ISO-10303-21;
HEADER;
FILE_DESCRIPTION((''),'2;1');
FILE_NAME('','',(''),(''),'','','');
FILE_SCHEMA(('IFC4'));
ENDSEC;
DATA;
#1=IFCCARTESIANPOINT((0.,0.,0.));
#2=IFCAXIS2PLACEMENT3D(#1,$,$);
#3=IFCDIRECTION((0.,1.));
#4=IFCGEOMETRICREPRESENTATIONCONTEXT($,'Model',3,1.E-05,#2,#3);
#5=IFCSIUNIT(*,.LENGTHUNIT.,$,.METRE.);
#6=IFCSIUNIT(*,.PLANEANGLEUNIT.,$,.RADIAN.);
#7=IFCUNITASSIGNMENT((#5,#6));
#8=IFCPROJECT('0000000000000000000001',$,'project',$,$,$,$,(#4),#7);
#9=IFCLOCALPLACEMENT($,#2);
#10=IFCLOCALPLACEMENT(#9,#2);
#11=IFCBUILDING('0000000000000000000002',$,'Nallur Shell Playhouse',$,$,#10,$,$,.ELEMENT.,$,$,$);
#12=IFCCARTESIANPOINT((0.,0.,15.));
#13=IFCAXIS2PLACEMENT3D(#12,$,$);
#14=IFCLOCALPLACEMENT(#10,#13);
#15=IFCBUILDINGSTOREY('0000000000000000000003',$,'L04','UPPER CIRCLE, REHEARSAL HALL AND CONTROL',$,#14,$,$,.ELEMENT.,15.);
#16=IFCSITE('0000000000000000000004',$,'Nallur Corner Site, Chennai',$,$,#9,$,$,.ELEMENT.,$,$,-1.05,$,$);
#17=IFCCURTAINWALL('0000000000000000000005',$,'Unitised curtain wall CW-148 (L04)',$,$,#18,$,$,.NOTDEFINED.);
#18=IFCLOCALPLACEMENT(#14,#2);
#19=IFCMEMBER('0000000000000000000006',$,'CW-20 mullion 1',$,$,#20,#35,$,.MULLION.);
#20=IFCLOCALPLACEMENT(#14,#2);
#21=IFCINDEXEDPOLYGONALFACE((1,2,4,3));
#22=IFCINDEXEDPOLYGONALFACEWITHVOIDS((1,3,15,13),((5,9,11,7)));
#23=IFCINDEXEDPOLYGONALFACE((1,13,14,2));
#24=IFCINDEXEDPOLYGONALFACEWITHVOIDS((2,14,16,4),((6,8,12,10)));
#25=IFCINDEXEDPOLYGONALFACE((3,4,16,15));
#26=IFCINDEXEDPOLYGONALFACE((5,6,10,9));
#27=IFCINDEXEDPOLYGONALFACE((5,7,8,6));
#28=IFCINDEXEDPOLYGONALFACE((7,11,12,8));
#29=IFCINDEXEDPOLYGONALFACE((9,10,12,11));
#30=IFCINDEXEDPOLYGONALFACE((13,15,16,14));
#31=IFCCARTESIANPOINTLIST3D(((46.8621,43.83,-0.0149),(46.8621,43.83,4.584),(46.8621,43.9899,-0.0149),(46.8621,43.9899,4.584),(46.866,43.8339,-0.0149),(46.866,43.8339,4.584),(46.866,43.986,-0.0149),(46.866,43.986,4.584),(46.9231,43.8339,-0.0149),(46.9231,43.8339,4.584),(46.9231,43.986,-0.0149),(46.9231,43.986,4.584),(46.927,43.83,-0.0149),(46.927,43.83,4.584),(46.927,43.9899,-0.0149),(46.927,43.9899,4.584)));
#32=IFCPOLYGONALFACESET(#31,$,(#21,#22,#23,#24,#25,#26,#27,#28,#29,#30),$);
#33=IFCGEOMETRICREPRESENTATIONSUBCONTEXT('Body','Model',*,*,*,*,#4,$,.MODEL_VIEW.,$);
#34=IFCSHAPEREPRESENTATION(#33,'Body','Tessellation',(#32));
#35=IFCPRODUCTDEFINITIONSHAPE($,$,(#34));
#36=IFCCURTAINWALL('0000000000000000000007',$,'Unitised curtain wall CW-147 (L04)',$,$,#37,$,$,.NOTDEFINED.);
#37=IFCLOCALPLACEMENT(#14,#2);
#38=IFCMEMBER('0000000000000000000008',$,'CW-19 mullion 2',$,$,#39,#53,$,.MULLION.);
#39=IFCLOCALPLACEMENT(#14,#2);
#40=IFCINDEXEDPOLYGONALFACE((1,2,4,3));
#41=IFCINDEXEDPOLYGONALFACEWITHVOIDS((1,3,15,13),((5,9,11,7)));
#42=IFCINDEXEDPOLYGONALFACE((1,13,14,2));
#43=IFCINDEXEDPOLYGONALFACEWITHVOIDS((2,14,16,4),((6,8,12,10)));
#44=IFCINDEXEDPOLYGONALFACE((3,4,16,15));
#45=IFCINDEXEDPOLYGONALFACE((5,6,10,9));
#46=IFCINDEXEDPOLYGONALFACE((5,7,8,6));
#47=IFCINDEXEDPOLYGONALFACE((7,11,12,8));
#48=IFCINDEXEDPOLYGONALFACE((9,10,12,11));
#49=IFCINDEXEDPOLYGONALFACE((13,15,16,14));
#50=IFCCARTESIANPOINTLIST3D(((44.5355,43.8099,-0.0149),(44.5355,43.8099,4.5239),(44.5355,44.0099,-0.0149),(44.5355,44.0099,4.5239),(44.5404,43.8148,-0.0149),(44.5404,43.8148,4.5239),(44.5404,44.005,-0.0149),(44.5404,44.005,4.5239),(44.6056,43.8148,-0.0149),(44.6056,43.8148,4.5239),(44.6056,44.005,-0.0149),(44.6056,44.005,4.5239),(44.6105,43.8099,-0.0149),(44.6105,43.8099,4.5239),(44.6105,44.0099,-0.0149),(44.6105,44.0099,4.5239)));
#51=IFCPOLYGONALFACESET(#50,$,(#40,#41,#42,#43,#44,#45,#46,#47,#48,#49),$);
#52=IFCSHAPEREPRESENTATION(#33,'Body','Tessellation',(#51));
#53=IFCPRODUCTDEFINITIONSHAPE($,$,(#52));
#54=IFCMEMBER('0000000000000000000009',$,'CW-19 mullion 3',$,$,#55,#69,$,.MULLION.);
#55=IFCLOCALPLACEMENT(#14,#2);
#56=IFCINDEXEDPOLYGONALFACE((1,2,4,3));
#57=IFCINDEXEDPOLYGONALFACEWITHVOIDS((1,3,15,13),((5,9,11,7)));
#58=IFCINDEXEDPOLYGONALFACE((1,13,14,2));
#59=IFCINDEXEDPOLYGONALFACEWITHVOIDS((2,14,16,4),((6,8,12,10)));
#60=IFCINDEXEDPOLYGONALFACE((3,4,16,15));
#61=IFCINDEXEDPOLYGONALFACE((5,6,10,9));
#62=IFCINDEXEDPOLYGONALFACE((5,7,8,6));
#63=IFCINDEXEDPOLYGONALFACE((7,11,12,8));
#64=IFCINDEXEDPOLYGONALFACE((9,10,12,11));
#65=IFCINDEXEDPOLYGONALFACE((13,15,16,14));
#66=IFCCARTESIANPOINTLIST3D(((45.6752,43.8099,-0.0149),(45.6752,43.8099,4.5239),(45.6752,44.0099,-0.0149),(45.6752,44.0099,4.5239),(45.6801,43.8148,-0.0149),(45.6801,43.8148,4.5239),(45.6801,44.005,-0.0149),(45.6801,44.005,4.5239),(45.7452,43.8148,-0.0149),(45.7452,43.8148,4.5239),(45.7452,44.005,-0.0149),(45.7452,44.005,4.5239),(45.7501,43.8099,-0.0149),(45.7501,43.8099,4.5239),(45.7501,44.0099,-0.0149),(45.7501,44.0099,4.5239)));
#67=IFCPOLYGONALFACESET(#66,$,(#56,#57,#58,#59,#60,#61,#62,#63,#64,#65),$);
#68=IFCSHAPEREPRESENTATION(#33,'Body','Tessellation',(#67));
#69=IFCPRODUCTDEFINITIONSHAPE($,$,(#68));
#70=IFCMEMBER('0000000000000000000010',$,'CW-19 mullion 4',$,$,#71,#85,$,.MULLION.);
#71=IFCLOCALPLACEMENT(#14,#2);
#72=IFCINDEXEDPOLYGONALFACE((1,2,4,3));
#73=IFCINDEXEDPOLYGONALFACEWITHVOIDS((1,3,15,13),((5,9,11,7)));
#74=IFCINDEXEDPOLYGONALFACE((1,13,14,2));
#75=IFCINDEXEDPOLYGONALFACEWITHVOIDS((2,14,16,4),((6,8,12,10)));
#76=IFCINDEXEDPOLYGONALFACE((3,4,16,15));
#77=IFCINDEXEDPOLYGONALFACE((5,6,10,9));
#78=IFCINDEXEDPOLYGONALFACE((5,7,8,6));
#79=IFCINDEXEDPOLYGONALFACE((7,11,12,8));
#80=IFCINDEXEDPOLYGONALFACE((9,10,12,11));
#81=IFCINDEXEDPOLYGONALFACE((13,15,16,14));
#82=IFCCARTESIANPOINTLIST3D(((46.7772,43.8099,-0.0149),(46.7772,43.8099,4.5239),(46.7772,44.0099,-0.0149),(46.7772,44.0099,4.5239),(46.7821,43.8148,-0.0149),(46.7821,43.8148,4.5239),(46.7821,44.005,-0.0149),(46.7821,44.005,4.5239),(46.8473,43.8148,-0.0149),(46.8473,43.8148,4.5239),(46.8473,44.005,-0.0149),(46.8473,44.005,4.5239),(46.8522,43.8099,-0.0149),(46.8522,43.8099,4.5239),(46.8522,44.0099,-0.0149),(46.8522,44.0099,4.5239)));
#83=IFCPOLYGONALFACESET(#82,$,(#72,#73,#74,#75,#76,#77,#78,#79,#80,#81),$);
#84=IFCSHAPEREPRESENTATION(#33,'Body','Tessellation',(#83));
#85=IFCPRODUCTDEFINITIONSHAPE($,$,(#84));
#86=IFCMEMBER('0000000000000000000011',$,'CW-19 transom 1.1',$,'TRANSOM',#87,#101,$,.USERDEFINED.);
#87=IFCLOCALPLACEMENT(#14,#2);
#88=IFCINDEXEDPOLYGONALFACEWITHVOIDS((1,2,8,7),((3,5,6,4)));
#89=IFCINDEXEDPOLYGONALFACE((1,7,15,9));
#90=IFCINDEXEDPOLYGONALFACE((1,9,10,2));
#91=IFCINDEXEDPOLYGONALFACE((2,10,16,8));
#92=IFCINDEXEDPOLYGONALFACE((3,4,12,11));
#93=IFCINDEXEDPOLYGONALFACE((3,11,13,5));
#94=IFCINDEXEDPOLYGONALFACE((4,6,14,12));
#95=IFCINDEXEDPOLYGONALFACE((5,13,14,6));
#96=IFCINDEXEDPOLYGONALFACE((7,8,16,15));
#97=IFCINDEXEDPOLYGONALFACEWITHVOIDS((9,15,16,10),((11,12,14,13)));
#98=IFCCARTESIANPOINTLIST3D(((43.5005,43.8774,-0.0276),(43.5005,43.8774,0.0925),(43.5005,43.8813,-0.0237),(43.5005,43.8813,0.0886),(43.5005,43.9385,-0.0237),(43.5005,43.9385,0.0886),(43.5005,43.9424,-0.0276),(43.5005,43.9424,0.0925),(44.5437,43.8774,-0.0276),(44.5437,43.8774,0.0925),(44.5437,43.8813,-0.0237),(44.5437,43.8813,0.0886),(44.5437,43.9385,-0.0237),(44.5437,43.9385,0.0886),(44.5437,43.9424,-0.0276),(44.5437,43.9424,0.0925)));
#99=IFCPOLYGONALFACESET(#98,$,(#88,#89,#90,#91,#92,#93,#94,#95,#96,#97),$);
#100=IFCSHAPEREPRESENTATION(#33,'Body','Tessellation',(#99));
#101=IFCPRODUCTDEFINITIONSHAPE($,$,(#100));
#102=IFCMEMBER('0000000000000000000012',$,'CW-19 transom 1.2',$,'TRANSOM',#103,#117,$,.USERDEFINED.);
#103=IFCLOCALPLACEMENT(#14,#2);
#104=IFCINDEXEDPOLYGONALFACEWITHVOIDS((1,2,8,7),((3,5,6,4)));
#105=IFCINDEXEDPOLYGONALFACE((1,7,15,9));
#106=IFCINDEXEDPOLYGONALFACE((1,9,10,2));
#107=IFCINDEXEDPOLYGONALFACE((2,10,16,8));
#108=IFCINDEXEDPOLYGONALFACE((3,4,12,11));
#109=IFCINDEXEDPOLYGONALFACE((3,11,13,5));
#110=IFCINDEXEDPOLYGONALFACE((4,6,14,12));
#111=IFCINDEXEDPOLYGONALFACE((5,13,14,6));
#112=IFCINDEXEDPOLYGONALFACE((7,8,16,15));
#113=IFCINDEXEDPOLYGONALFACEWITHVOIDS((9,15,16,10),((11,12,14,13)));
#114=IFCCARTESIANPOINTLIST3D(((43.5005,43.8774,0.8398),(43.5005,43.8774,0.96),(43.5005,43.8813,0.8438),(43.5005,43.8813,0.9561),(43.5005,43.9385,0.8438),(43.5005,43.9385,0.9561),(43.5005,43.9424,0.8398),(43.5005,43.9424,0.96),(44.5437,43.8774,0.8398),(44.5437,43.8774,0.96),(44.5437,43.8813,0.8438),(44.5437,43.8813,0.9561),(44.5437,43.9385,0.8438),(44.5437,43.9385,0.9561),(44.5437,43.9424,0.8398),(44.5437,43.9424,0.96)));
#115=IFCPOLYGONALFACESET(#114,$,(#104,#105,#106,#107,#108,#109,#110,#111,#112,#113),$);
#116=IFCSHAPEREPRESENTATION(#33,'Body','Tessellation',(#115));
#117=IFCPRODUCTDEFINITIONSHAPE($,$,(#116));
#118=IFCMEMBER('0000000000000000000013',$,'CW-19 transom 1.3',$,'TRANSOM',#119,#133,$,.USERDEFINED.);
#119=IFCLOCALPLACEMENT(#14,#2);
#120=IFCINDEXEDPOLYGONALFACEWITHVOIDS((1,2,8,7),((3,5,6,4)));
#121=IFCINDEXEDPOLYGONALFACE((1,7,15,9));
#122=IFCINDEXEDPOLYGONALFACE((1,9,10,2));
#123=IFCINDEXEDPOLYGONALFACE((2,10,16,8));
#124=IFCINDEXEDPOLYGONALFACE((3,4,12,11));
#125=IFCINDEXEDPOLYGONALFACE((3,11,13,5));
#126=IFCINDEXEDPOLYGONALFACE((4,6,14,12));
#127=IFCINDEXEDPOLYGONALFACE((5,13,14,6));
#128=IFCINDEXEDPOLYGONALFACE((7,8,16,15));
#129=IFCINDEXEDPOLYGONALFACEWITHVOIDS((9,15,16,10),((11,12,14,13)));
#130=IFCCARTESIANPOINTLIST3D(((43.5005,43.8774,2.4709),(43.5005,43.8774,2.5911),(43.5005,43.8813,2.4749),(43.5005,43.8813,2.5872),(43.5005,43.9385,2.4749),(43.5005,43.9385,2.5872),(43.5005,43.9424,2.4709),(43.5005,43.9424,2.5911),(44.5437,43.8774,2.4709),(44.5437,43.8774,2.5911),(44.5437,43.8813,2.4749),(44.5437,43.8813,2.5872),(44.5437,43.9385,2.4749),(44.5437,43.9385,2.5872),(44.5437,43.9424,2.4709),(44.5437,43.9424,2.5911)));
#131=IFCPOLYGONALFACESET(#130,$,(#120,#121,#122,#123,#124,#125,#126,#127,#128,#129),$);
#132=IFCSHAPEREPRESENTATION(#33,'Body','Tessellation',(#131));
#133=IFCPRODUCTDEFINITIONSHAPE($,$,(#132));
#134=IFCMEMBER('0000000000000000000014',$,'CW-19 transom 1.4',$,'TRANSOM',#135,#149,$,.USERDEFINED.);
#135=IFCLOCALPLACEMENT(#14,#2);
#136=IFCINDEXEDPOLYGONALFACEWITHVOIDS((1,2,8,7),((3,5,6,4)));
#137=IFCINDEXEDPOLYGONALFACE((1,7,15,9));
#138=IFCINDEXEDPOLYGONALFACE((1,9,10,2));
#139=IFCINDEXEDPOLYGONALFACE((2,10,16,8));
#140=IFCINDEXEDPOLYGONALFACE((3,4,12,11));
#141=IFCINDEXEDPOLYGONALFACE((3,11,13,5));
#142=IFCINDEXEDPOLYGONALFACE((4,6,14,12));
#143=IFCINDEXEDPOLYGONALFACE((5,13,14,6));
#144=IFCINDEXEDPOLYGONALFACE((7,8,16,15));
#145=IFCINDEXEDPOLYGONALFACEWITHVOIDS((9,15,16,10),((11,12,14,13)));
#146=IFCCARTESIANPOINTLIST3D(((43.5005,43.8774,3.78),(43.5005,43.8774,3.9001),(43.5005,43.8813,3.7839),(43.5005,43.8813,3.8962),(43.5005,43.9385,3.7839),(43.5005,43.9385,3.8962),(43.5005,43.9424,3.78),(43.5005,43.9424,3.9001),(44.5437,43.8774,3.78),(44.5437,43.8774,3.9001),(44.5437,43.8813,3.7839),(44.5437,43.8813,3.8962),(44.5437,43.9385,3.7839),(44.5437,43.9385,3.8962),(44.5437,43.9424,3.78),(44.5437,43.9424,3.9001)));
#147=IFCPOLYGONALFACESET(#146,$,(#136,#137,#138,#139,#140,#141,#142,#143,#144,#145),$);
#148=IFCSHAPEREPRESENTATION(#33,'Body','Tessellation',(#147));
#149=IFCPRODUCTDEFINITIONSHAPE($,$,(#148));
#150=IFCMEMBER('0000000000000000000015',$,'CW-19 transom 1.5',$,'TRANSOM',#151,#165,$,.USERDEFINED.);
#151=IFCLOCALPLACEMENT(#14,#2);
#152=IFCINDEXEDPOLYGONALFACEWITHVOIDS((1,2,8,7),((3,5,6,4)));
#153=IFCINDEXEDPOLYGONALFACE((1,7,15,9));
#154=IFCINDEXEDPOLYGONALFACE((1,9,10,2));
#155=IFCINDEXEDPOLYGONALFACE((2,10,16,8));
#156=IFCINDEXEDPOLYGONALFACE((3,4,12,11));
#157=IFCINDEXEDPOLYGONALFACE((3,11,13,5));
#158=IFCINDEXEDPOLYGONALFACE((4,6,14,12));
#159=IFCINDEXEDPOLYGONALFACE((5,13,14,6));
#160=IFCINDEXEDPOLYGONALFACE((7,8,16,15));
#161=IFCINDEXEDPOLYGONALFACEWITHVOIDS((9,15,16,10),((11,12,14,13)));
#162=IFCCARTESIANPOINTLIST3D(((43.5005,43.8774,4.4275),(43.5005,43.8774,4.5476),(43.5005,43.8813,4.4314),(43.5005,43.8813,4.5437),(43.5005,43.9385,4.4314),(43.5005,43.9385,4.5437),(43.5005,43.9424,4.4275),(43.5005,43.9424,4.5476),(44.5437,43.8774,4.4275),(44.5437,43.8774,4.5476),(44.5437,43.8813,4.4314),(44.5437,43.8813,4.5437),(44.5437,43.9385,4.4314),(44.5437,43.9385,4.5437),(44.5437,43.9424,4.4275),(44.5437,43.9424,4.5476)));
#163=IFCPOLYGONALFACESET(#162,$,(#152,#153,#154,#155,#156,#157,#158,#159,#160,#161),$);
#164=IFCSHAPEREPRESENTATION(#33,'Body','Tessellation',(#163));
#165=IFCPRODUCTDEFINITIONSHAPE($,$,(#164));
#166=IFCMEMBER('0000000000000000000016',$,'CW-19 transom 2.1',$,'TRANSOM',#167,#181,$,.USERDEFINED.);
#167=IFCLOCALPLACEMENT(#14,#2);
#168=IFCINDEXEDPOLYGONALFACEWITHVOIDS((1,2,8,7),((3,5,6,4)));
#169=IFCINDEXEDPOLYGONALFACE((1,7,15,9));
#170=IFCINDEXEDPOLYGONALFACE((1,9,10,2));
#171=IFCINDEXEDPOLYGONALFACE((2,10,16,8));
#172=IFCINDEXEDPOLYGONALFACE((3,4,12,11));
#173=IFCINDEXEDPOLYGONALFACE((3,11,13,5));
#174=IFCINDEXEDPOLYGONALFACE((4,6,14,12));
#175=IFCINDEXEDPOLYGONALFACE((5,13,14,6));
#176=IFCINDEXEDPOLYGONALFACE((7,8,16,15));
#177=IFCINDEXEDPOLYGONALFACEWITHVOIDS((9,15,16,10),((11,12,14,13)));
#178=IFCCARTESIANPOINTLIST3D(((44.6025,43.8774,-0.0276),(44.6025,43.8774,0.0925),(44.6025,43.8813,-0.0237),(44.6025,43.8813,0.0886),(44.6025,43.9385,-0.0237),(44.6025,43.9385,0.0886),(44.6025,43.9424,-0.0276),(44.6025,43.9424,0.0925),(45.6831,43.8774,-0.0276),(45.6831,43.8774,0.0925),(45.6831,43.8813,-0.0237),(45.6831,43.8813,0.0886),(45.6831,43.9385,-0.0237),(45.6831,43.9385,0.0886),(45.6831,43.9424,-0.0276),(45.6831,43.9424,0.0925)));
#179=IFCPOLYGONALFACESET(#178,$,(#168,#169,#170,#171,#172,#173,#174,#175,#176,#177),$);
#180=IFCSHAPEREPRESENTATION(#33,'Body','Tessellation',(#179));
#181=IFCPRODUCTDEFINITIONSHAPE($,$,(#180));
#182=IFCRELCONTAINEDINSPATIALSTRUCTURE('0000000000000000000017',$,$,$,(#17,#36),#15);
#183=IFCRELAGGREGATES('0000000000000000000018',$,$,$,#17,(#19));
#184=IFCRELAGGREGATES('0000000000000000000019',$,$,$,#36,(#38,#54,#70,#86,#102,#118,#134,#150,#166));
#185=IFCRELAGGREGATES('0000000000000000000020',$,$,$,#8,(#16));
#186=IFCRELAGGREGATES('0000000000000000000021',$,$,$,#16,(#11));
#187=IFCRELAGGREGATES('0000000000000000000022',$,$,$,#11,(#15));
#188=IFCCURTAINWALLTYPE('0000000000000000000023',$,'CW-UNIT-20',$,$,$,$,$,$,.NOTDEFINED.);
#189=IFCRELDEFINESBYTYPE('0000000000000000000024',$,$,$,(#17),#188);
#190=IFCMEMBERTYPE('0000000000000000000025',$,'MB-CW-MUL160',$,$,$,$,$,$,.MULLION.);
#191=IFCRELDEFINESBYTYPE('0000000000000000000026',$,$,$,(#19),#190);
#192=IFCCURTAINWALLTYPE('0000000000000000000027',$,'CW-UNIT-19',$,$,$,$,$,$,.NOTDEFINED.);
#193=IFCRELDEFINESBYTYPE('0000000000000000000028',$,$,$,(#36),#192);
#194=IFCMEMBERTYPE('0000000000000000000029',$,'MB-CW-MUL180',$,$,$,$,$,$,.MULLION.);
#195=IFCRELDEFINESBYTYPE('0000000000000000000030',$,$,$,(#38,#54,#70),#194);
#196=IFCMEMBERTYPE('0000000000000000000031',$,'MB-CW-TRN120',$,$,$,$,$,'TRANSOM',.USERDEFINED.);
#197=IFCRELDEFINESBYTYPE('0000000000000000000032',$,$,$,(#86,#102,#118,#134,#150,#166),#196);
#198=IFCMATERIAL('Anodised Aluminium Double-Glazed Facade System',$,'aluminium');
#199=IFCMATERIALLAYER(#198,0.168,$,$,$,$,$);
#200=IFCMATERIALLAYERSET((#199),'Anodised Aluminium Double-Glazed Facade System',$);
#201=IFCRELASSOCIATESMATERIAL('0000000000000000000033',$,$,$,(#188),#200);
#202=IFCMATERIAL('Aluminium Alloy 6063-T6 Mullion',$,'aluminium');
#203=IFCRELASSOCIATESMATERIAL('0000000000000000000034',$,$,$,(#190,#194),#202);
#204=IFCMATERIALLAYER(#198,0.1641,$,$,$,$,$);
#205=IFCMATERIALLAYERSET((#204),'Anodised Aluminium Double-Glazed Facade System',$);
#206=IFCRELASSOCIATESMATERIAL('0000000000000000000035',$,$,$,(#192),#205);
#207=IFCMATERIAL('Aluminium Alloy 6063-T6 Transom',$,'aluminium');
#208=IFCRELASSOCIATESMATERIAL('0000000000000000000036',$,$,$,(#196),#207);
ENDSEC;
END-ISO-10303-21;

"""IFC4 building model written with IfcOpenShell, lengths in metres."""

from ifc_helpers import new_model, si_unit, direction, frame, origin, origin_2d, place, context, subcontext, project, spatial, hollow_rectangle, extrude, material, layer, layer_set, material_profile, profile_set, type_object, element, aggregate, save


model = new_model("IFC4")

# Units and contexts
model_context = context("Model", 3, precision=1e-05, world=origin(), true_north=direction((0.0, 1.0)))
body_context = subcontext(model_context, "Body", "Model", "MODEL_VIEW")
ifc_project = project(units=[si_unit("LENGTHUNIT", "METRE"), si_unit("PLANEANGLEUNIT", "RADIAN")], contexts=[model_context])

# Site, building, storey
site_placement = place(None, origin())
site = spatial("IfcSite", under=ifc_project, at=site_placement, Name="Nallur Corner Site, Chennai", CompositionType="ELEMENT", RefElevation=-1.05)
building_placement = place(site_placement, origin())
building = spatial("IfcBuilding", under=site, at=building_placement, Name="Nallur Shell Playhouse", CompositionType="ELEMENT")
storey_placement = place(building_placement, frame((0.0, 0.0, 15.0)))
storey = spatial("IfcBuildingStorey", under=building, at=storey_placement, Name="L04", Description="UPPER CIRCLE, REHEARSAL HALL AND CONTROL", CompositionType="ELEMENT", Elevation=15.0)

# Curtain wall, member
ifc_material_1 = material(Name="Anodised Aluminium Double-Glazed Facade System", Category="aluminium")
ifc_layer_1 = layer(ifc_material_1, 0.168)
ifc_layer_set_1 = layer_set([ifc_layer_1], Name="Anodised Aluminium Double-Glazed Facade System")
curtain_wall_type_1 = type_object("IfcCurtainWallType", Name="CW-UNIT-20", PredefinedType="NOTDEFINED", material=ifc_layer_set_1)
curtain_wall_1_placement = place(storey_placement, origin())
curtain_wall_1 = element("IfcCurtainWall", 1, at=curtain_wall_1_placement, inside=storey, type_object=curtain_wall_type_1, Name="Unitised curtain wall CW-148 (L04)", PredefinedType="NOTDEFINED")
ifc_material_2 = material(Name="Aluminium Alloy 6063-T6 Mullion", Category="aluminium")
ifc_material_profile_1 = material_profile(ifc_material_2, hollow_rectangle(XDim=0.0649, YDim=0.1599, WallThickness=0.0039, at=origin_2d()), Name="ALU 65x160x4")
ifc_profile_set_1 = profile_set([ifc_material_profile_1], Name="Aluminium Alloy 6063-T6 Mullion")
member_type_1 = type_object("IfcMemberType", Name="MB-CW-MUL160", PredefinedType="MULLION", material=ifc_profile_set_1)
member_1_placement = place(storey_placement, frame((46.8945, 43.9099, -0.0149), z_axis=(0.0, 0.0, 1.0), x_axis=(1.0, 0.0, 0.0)))
member_1 = element("IfcMember", 2, at=member_1_placement, type_object=member_type_1, Name="CW-20 mullion 1", PredefinedType="MULLION", context=body_context, shape_type="SweptSolid", body=[
    extrude(hollow_rectangle(XDim=0.0649, YDim=0.1599, WallThickness=0.0039, at=origin_2d()), origin(), (0.0, 0.0, 1.0), 4.5989),
])

# Curtain wall, members
ifc_layer_2 = layer(ifc_material_1, 0.1641)
ifc_layer_set_2 = layer_set([ifc_layer_2], Name="Anodised Aluminium Double-Glazed Facade System")
curtain_wall_type_2 = type_object("IfcCurtainWallType", Name="CW-UNIT-19", PredefinedType="NOTDEFINED", material=ifc_layer_set_2)
curtain_wall_2_placement = place(storey_placement, origin())
curtain_wall_2 = element("IfcCurtainWall", 3, at=curtain_wall_2_placement, inside=storey, type_object=curtain_wall_type_2, Name="Unitised curtain wall CW-147 (L04)", PredefinedType="NOTDEFINED")
ifc_material_profile_2 = material_profile(ifc_material_2, hollow_rectangle(XDim=0.075, YDim=0.2, WallThickness=0.0049, at=origin_2d()), Name="ALU 75x200x5")
ifc_profile_set_2 = profile_set([ifc_material_profile_2], Name="Aluminium Alloy 6063-T6 Mullion")
member_type_2 = type_object("IfcMemberType", Name="MB-CW-MUL180", PredefinedType="MULLION", material=ifc_profile_set_2)
member_2_placement = place(storey_placement, frame((44.573, 43.9099, -0.0149), z_axis=(0.0, 0.0, 1.0), x_axis=(1.0, 0.0, 0.0)))
member_2 = element("IfcMember", 4, at=member_2_placement, type_object=member_type_2, Name="CW-19 mullion 2", PredefinedType="MULLION", context=body_context, shape_type="SweptSolid", body=[
    extrude(hollow_rectangle(XDim=0.075, YDim=0.2, WallThickness=0.0049, at=origin_2d()), origin(), (0.0, 0.0, 1.0), 4.5388),
])
member_3_placement = place(storey_placement, frame((45.7126, 43.9099, -0.0149), z_axis=(0.0, 0.0, 1.0), x_axis=(1.0, 0.0, 0.0)))
member_3 = element("IfcMember", 5, at=member_3_placement, type_object=member_type_2, Name="CW-19 mullion 3", PredefinedType="MULLION", context=body_context, shape_type="SweptSolid", body=[
    extrude(hollow_rectangle(XDim=0.075, YDim=0.2, WallThickness=0.0049, at=origin_2d()), origin(), (0.0, 0.0, 1.0), 4.5388),
])
member_4_placement = place(storey_placement, frame((46.8147, 43.9099, -0.0149), z_axis=(0.0, 0.0, 1.0), x_axis=(1.0, 0.0, 0.0)))
member_4 = element("IfcMember", 6, at=member_4_placement, type_object=member_type_2, Name="CW-19 mullion 4", PredefinedType="MULLION", context=body_context, shape_type="SweptSolid", body=[
    extrude(hollow_rectangle(XDim=0.075, YDim=0.2, WallThickness=0.0049, at=origin_2d()), origin(), (0.0, 0.0, 1.0), 4.5388),
])
ifc_material_3 = material(Name="Aluminium Alloy 6063-T6 Transom", Category="aluminium")
ifc_material_profile_3 = material_profile(ifc_material_3, hollow_rectangle(XDim=0.0649, YDim=0.1201, WallThickness=0.0039, at=origin_2d()), Name="ALU 65x120x4")
ifc_profile_set_3 = profile_set([ifc_material_profile_3], Name="Aluminium Alloy 6063-T6 Transom")
member_type_3 = type_object("IfcMemberType", Name="MB-CW-TRN120", ElementType="TRANSOM", PredefinedType="USERDEFINED", material=ifc_profile_set_3)
member_5_placement = place(storey_placement, frame((43.5005, 43.9099, 0.0325), z_axis=(1.0, 0.0, 0.0), x_axis=(0.0, 1.0, 0.0)))
member_5 = element("IfcMember", 7, at=member_5_placement, type_object=member_type_3, Name="CW-19 transom 1.1", ObjectType="TRANSOM", PredefinedType="USERDEFINED", context=body_context, shape_type="SweptSolid", body=[
    extrude(hollow_rectangle(XDim=0.0649, YDim=0.1201, WallThickness=0.0039, at=origin_2d()), origin(), (0.0, 0.0, 1.0), 1.0432),
])
member_6_placement = place(storey_placement, frame((43.5005, 43.9099, 0.8999), z_axis=(1.0, 0.0, 0.0), x_axis=(0.0, 1.0, 0.0)))
member_6 = element("IfcMember", 8, at=member_6_placement, type_object=member_type_3, Name="CW-19 transom 1.2", ObjectType="TRANSOM", PredefinedType="USERDEFINED", context=body_context, shape_type="SweptSolid", body=[
    extrude(hollow_rectangle(XDim=0.0649, YDim=0.1201, WallThickness=0.0039, at=origin_2d()), origin(), (0.0, 0.0, 1.0), 1.0432),
])
member_7_placement = place(storey_placement, frame((43.5005, 43.9099, 2.531), z_axis=(1.0, 0.0, 0.0), x_axis=(0.0, 1.0, 0.0)))
member_7 = element("IfcMember", 9, at=member_7_placement, type_object=member_type_3, Name="CW-19 transom 1.3", ObjectType="TRANSOM", PredefinedType="USERDEFINED", context=body_context, shape_type="SweptSolid", body=[
    extrude(hollow_rectangle(XDim=0.0649, YDim=0.1201, WallThickness=0.0039, at=origin_2d()), origin(), (0.0, 0.0, 1.0), 1.0432),
])
member_8_placement = place(storey_placement, frame((43.5005, 43.9099, 3.8401), z_axis=(1.0, 0.0, 0.0), x_axis=(0.0, 1.0, 0.0)))
member_8 = element("IfcMember", 10, at=member_8_placement, type_object=member_type_3, Name="CW-19 transom 1.4", ObjectType="TRANSOM", PredefinedType="USERDEFINED", context=body_context, shape_type="SweptSolid", body=[
    extrude(hollow_rectangle(XDim=0.0649, YDim=0.1201, WallThickness=0.0039, at=origin_2d()), origin(), (0.0, 0.0, 1.0), 1.0432),
])
member_9_placement = place(storey_placement, frame((43.5005, 43.9099, 4.4875), z_axis=(1.0, 0.0, 0.0), x_axis=(0.0, 1.0, 0.0)))
member_9 = element("IfcMember", 11, at=member_9_placement, type_object=member_type_3, Name="CW-19 transom 1.5", ObjectType="TRANSOM", PredefinedType="USERDEFINED", context=body_context, shape_type="SweptSolid", body=[
    extrude(hollow_rectangle(XDim=0.0649, YDim=0.1201, WallThickness=0.0039, at=origin_2d()), origin(), (0.0, 0.0, 1.0), 1.0432),
])
member_10_placement = place(storey_placement, frame((44.6025, 43.9099, 0.0325), z_axis=(1.0, 0.0, 0.0), x_axis=(0.0, 1.0, 0.0)))
member_10 = element("IfcMember", 12, at=member_10_placement, type_object=member_type_3, Name="CW-19 transom 2.1", ObjectType="TRANSOM", PredefinedType="USERDEFINED", context=body_context, shape_type="SweptSolid", body=[
    extrude(hollow_rectangle(XDim=0.0649, YDim=0.1201, WallThickness=0.0039, at=origin_2d()), origin(), (0.0, 0.0, 1.0), 1.0806),
])

aggregate(curtain_wall_1, [member_1])

aggregate(curtain_wall_2, [member_2, member_3, member_4, member_5, member_6, member_7, member_8, member_9, member_10])

save(model, "model.ifc")
